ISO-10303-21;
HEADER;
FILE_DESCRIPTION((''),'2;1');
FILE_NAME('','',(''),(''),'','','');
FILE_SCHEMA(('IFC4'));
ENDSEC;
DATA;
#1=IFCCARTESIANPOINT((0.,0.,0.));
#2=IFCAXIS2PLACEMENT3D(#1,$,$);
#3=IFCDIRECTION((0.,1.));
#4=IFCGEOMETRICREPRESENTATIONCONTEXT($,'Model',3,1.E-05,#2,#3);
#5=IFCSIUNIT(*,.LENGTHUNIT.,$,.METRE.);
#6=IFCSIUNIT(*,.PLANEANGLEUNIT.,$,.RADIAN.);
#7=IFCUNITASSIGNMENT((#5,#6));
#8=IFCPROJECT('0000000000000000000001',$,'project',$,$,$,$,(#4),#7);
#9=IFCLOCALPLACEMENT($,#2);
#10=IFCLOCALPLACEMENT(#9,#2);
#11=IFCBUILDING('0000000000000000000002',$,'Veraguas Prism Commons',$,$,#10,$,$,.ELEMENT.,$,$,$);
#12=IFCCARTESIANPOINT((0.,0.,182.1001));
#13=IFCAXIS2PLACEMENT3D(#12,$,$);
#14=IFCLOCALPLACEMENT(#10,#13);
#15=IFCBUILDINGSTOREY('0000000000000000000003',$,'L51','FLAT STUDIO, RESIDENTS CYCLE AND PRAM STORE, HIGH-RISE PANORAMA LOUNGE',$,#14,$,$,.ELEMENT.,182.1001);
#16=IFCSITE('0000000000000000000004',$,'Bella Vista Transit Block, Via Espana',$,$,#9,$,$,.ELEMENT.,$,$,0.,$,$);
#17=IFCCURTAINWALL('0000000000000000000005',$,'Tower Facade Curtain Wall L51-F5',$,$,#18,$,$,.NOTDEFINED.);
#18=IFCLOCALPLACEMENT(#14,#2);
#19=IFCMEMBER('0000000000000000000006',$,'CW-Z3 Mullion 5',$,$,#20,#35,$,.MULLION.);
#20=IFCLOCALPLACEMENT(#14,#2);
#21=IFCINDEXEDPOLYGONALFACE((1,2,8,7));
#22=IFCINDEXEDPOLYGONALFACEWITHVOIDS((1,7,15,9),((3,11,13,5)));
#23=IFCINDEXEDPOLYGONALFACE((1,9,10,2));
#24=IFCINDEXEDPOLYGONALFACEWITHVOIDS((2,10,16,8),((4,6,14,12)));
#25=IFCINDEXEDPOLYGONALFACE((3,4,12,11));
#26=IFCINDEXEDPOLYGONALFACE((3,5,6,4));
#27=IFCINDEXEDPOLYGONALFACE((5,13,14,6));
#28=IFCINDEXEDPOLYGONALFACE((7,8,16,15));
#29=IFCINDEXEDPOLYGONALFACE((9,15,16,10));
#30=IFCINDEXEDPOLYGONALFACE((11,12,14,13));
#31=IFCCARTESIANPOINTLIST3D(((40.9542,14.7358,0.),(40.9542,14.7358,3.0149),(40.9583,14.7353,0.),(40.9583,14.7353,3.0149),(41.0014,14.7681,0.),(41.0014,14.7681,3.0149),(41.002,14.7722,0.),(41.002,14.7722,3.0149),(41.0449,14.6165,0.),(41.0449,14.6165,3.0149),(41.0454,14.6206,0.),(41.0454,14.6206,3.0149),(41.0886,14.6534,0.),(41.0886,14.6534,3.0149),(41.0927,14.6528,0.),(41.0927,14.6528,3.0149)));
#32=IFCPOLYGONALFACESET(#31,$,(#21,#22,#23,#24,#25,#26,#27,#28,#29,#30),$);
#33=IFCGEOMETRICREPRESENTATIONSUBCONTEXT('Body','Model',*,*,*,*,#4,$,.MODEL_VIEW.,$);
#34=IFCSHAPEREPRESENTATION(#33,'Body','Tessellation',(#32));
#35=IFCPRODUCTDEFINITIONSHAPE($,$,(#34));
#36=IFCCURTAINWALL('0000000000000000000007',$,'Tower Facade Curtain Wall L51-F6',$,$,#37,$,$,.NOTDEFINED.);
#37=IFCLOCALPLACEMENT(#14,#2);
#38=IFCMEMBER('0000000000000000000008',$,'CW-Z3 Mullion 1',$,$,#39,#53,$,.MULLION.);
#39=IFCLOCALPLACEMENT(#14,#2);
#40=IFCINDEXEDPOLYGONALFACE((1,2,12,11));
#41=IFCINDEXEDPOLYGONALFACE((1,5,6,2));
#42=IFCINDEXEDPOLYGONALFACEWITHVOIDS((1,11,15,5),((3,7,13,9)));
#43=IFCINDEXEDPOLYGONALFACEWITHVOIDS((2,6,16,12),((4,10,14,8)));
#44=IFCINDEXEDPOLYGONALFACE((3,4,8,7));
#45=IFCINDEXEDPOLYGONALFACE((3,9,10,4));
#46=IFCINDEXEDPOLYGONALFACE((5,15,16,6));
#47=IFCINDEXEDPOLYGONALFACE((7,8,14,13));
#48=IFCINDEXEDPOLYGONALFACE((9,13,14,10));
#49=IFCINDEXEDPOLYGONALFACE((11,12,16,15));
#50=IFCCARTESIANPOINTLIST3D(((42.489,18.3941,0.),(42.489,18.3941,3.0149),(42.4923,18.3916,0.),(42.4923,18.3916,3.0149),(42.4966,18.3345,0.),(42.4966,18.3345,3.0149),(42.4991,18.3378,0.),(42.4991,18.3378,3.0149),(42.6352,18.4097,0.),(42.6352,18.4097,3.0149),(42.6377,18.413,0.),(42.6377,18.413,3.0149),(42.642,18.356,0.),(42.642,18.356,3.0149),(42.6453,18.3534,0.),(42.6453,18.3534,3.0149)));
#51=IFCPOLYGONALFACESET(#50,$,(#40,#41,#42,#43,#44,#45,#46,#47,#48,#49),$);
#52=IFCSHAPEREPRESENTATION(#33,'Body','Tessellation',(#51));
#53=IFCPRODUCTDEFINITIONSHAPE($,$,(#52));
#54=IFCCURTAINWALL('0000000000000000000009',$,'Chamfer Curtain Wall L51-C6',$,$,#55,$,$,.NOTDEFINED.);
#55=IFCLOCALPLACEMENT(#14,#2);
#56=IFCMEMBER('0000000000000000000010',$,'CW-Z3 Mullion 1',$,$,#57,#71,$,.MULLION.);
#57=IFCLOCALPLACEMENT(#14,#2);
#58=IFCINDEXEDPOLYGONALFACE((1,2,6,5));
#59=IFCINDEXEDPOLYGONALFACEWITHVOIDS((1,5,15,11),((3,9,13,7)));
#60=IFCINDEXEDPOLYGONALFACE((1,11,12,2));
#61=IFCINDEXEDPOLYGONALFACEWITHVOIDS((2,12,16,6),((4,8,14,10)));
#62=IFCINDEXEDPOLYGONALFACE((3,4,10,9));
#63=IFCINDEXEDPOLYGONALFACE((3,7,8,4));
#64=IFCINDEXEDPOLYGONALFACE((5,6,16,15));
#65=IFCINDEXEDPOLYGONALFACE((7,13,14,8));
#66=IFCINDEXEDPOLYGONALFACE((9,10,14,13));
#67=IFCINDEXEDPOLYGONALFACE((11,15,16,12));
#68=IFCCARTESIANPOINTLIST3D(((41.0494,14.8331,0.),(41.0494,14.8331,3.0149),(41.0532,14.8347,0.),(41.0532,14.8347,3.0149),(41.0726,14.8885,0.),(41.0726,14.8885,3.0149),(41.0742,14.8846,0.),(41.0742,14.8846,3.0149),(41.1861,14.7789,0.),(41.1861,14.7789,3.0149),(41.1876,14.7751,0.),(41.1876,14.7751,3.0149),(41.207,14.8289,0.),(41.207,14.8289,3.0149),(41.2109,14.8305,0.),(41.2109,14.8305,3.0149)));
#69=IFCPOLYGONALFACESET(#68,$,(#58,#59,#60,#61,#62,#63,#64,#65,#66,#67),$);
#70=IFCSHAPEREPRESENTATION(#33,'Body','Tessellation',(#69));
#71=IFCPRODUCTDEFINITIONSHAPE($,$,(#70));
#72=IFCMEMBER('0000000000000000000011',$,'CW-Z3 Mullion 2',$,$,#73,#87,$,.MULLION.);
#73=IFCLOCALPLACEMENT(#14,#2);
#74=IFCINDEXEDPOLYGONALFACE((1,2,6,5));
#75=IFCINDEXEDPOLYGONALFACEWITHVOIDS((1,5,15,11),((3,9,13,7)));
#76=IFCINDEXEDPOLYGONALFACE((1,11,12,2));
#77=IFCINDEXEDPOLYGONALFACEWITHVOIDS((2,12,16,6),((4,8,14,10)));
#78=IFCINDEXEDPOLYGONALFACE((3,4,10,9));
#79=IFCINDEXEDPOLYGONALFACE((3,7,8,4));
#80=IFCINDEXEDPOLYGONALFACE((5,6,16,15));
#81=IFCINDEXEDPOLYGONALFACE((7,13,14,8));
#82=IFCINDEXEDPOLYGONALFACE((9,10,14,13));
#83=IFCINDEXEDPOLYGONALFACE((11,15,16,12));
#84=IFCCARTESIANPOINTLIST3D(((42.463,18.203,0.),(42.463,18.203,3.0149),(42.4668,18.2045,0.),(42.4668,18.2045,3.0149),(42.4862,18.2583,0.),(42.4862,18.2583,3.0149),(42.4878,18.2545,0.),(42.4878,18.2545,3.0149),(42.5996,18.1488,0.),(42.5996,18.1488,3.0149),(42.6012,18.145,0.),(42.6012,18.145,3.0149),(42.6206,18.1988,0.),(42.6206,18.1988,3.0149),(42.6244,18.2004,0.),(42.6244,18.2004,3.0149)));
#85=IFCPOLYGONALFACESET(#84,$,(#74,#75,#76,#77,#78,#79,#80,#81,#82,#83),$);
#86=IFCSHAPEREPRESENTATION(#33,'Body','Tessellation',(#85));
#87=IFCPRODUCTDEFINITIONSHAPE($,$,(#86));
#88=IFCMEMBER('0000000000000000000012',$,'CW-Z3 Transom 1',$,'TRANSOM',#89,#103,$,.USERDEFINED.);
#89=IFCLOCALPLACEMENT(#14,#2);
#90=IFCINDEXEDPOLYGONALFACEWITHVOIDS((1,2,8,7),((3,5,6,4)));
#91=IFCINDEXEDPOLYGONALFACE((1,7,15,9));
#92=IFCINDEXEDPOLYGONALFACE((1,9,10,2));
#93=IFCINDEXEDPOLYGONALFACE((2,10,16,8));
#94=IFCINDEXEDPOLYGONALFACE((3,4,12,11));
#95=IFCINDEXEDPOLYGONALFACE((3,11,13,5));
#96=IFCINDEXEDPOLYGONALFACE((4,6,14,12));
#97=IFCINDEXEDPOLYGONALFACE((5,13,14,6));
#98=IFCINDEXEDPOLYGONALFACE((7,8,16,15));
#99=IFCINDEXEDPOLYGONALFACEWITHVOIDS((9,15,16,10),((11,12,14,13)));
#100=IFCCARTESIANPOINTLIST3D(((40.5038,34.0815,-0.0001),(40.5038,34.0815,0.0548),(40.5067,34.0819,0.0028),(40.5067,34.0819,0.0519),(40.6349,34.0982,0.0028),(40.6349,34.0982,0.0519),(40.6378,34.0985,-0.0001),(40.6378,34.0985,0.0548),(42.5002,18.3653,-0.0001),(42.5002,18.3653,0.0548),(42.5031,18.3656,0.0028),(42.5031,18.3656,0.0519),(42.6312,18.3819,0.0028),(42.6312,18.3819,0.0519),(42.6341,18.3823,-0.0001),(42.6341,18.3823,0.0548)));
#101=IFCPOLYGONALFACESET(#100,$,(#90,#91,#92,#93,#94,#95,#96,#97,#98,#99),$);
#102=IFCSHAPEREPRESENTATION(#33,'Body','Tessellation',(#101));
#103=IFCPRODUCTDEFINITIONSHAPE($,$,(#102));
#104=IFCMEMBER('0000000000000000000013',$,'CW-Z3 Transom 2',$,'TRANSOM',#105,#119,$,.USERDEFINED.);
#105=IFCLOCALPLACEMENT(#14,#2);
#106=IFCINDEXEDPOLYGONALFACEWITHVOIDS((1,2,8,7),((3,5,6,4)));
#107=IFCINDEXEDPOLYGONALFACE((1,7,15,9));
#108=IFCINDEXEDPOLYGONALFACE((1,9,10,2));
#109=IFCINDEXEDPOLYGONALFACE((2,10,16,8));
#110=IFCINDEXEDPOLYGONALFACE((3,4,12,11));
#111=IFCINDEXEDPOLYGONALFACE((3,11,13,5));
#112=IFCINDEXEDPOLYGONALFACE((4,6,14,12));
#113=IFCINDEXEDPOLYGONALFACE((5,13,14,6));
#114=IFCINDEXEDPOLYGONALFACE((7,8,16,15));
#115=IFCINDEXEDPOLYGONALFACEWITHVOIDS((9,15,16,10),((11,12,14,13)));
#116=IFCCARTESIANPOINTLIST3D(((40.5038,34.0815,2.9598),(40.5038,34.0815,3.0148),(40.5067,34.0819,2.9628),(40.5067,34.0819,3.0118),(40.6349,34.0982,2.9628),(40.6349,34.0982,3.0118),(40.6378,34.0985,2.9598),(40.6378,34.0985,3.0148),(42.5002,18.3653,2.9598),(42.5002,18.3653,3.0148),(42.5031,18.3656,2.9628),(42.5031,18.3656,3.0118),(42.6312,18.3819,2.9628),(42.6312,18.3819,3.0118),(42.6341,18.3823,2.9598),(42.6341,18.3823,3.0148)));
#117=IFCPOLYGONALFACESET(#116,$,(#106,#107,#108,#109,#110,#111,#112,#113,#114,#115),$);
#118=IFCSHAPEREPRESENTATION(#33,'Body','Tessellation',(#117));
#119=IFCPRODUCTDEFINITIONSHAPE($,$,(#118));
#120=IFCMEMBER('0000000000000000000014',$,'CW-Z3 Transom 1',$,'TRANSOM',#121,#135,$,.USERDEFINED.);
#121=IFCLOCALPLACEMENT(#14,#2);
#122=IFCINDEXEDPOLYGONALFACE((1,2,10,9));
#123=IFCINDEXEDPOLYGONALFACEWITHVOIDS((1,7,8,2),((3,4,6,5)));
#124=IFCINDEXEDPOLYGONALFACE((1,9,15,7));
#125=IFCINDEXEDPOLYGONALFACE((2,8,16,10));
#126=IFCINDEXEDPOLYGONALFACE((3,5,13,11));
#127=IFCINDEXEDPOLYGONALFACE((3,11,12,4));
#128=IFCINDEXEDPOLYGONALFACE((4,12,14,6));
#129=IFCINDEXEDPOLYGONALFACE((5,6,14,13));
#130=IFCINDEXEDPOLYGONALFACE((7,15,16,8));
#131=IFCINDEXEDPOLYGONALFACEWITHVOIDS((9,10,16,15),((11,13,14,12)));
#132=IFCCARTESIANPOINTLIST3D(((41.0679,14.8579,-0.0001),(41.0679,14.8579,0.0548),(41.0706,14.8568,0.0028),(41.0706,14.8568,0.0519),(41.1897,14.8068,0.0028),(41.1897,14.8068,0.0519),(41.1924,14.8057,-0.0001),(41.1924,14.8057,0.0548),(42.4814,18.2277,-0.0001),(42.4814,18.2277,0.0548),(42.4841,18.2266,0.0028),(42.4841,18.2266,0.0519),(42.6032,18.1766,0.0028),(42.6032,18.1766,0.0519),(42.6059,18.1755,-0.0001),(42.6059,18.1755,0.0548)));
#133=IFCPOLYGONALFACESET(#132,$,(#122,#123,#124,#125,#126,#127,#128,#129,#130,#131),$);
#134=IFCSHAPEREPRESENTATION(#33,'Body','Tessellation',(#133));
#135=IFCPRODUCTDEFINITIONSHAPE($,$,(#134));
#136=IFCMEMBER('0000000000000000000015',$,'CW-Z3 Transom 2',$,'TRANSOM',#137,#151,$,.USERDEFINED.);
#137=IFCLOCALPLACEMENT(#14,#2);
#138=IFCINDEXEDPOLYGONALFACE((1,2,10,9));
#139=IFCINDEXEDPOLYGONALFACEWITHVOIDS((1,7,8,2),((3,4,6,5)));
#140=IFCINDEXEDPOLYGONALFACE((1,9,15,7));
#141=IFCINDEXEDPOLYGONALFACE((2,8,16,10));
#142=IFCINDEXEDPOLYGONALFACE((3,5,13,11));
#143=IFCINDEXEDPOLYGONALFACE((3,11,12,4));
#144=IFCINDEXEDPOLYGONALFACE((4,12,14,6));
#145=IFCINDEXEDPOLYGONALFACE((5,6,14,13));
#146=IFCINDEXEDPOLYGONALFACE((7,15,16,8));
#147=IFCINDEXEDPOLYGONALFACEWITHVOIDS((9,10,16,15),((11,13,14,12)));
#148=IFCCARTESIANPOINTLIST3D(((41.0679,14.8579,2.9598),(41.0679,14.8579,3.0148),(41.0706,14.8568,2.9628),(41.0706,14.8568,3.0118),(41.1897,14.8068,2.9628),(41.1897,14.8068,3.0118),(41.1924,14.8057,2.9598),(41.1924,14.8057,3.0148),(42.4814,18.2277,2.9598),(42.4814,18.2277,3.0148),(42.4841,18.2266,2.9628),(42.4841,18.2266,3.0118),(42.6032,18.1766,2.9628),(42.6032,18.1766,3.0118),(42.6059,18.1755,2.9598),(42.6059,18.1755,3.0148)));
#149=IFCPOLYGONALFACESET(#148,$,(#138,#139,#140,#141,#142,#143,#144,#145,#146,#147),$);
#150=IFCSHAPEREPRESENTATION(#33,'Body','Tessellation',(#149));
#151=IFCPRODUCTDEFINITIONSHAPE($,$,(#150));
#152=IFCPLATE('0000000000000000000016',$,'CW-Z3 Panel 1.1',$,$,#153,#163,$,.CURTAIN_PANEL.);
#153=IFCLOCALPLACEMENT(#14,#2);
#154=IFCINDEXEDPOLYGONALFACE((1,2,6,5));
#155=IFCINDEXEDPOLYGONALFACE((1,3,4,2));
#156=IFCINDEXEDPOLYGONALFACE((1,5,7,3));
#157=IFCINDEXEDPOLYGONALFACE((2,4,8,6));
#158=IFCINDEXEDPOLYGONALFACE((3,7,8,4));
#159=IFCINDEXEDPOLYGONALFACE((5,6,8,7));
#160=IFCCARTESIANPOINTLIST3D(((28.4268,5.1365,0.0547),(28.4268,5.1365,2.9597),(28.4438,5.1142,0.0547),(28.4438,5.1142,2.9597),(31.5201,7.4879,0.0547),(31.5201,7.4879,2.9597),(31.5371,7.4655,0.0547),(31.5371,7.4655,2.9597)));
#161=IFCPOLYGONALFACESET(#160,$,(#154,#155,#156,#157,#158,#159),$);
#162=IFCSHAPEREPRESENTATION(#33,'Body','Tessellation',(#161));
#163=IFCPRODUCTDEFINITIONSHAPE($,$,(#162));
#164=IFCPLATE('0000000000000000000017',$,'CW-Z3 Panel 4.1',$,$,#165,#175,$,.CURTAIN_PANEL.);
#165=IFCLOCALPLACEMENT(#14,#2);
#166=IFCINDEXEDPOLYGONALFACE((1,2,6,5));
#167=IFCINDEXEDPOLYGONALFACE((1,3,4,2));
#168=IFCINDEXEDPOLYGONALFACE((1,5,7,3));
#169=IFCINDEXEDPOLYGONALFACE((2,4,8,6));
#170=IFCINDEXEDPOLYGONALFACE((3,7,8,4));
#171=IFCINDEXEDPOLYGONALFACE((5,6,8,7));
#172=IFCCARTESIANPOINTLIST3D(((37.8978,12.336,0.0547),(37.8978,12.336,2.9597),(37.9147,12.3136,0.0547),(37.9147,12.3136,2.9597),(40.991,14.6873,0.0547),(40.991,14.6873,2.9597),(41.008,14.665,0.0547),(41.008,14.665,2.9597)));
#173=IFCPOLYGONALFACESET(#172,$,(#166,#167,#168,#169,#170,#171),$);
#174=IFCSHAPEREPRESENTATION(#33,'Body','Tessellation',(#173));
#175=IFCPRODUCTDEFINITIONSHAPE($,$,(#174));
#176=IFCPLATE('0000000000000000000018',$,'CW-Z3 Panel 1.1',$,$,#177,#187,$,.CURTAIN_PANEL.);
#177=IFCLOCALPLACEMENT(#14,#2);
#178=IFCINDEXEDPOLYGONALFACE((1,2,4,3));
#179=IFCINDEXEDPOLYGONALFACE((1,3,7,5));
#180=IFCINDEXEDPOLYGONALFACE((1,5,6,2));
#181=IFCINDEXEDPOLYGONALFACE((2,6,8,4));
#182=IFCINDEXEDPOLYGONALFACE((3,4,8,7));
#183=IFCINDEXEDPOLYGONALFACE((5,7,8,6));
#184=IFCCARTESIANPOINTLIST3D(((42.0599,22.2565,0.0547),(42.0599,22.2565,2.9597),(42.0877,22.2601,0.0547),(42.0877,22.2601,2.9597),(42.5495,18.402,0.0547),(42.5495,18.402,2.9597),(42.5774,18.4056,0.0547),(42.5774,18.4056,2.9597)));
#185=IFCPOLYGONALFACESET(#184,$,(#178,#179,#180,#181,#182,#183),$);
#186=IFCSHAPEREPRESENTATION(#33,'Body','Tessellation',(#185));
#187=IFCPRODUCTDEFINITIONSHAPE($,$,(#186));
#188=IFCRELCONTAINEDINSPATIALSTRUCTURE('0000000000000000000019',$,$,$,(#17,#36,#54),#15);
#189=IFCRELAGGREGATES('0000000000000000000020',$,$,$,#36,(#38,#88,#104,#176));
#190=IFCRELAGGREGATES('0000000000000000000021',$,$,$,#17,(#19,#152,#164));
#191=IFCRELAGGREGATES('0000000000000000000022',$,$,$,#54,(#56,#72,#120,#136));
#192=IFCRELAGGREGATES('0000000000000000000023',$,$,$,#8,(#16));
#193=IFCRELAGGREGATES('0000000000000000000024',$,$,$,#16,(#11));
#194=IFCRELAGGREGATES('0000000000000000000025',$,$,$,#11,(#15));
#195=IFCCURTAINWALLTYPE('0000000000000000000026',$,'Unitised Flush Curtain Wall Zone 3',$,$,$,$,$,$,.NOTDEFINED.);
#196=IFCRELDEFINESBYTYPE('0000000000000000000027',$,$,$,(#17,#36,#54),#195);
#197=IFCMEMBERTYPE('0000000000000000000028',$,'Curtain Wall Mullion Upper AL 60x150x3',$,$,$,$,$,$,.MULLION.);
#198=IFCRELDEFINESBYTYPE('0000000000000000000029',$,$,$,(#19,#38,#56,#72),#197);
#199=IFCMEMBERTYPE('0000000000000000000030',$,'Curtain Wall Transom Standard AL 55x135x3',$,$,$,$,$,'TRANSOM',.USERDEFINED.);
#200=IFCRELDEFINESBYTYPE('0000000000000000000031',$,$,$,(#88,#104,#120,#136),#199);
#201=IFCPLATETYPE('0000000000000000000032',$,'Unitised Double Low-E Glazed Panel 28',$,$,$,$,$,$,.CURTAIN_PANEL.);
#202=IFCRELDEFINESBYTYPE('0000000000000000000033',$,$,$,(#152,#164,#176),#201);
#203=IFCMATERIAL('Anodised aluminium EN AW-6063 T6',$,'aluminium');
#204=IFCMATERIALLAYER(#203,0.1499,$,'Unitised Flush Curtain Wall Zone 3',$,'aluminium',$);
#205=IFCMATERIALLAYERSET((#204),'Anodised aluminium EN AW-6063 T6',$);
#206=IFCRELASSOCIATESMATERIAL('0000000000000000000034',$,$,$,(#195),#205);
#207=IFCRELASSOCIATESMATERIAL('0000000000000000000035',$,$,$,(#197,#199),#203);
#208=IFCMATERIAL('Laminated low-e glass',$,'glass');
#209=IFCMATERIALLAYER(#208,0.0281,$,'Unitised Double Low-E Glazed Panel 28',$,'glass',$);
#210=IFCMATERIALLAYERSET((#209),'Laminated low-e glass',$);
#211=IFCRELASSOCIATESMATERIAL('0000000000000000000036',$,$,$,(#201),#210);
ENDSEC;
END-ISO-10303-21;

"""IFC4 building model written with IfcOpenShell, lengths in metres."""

from ifc_helpers import new_model, si_unit, direction, frame, origin, origin_2d, place, context, subcontext, project, spatial, rectangle, hollow_rectangle, extrude, source, transform, mapped, material, layer, layer_set, material_profile, profile_set, type_object, element, aggregate, save


model = new_model("IFC4")

# Units and contexts
model_context = context("Model", 3, precision=1e-05, world=origin(), true_north=direction((0.0, 1.0)))
body_context = subcontext(model_context, "Body", "Model", "MODEL_VIEW")
ifc_project = project(units=[si_unit("LENGTHUNIT", "METRE"), si_unit("PLANEANGLEUNIT", "RADIAN")], contexts=[model_context])

# Site, building, storey
site_placement = place(None, origin())
site = spatial("IfcSite", under=ifc_project, at=site_placement, Name="Bella Vista Transit Block, Via Espana", CompositionType="ELEMENT", RefElevation=0.0)
building_placement = place(site_placement, origin())
building = spatial("IfcBuilding", under=site, at=building_placement, Name="Veraguas Prism Commons", CompositionType="ELEMENT")
storey_placement = place(building_placement, frame((0.0, 0.0, 182.1001)))
storey = spatial("IfcBuildingStorey", under=building, at=storey_placement, Name="L51", Description="FLAT STUDIO, RESIDENTS CYCLE AND PRAM STORE, HIGH-RISE PANORAMA LOUNGE", CompositionType="ELEMENT", Elevation=182.1001)

# Curtain wall, member
ifc_material_1 = material(Name="Anodised aluminium EN AW-6063 T6", Category="aluminium")
ifc_layer_1 = layer(ifc_material_1, 0.1499, Name="Unitised Flush Curtain Wall Zone 3", Category="aluminium")
ifc_layer_set_1 = layer_set([ifc_layer_1], Name="Anodised aluminium EN AW-6063 T6")
curtain_wall_type = type_object("IfcCurtainWallType", Name="Unitised Flush Curtain Wall Zone 3", PredefinedType="NOTDEFINED", material=ifc_layer_set_1)
curtain_wall_1_placement = place(storey_placement, origin())
curtain_wall_1 = element("IfcCurtainWall", 1, at=curtain_wall_1_placement, inside=storey, type_object=curtain_wall_type, Name="Tower Facade Curtain Wall L51-F5", PredefinedType="NOTDEFINED")
ifc_material_profile_1 = material_profile(ifc_material_1, hollow_rectangle(XDim=0.0601, YDim=0.1499, WallThickness=0.0029, at=origin_2d()), Name="AL60X150X3")
ifc_profile_set_1 = profile_set([ifc_material_profile_1], Name="Anodised aluminium EN AW-6063 T6")
member_type_1 = type_object("IfcMemberType", Name="Curtain Wall Mullion Upper AL 60x150x3", PredefinedType="MULLION", material=ifc_profile_set_1)
shared_shape_1 = source(origin(), body_context, "Body", "SweptSolid", [
    extrude(hollow_rectangle(XDim=0.0601, YDim=0.1499, WallThickness=0.0029, at=origin_2d()), origin(), (0.0, 0.0, 1.0), 3.0149),
])
member_1_placement = place(storey_placement, frame((41.0234, 14.6943, 0.0), z_axis=(0.0, 0.0, 1.0), x_axis=(0.796104, 0.605159, 0.0)))
member_1 = element("IfcMember", 2, at=member_1_placement, type_object=member_type_1, Name="CW-Z3 Mullion 5", PredefinedType="MULLION", context=body_context, shape_type="MappedRepresentation", body=[
    mapped(shared_shape_1, transform((0.0, 0.0, 0.0), scale=1.0)),
])

# Curtain wall, member
curtain_wall_2_placement = place(storey_placement, origin())
curtain_wall_2 = element("IfcCurtainWall", 3, at=curtain_wall_2_placement, inside=storey, type_object=curtain_wall_type, Name="Tower Facade Curtain Wall L51-F6", PredefinedType="NOTDEFINED")
member_2_placement = place(storey_placement, frame((42.5671, 18.3738, 0.0), z_axis=(0.0, 0.0, 1.0), x_axis=(-0.126019, 0.992028, 0.0)))
member_2 = element("IfcMember", 4, at=member_2_placement, type_object=member_type_1, Name="CW-Z3 Mullion 1", PredefinedType="MULLION", context=body_context, shape_type="MappedRepresentation", body=[
    mapped(shared_shape_1, transform((0.0, 0.0, 0.0), scale=1.0)),
])

# Curtain wall, members
curtain_wall_3_placement = place(storey_placement, origin())
curtain_wall_3 = element("IfcCurtainWall", 5, at=curtain_wall_3_placement, inside=storey, type_object=curtain_wall_type, Name="Chamfer Curtain Wall L51-C6", PredefinedType="NOTDEFINED")
member_3_placement = place(storey_placement, frame((41.1301, 14.8318, 0.0), z_axis=(0.0, 0.0, 1.0), x_axis=(0.38687, 0.922134, 0.0)))
member_3 = element("IfcMember", 6, at=member_3_placement, type_object=member_type_1, Name="CW-Z3 Mullion 1", PredefinedType="MULLION", context=body_context, shape_type="MappedRepresentation", body=[
    mapped(shared_shape_1, transform((0.0, 0.0, 0.0), scale=1.0)),
])
member_4_placement = place(storey_placement, frame((42.5437, 18.2017, 0.0), z_axis=(0.0, 0.0, 1.0), x_axis=(0.38687, 0.922134, 0.0)))
member_4 = element("IfcMember", 7, at=member_4_placement, type_object=member_type_1, Name="CW-Z3 Mullion 2", PredefinedType="MULLION", context=body_context, shape_type="MappedRepresentation", body=[
    mapped(shared_shape_1, transform((0.0, 0.0, 0.0), scale=1.0)),
])

# Members
ifc_material_profile_2 = material_profile(ifc_material_1, hollow_rectangle(XDim=0.0549, YDim=0.135, WallThickness=0.0029, at=origin_2d()), Name="AL55X135X3")
ifc_profile_set_2 = profile_set([ifc_material_profile_2], Name="Anodised aluminium EN AW-6063 T6")
member_type_2 = type_object("IfcMemberType", Name="Curtain Wall Transom Standard AL 55x135x3", ElementType="TRANSOM", PredefinedType="USERDEFINED", material=ifc_profile_set_2)
shared_shape_2 = source(origin(), body_context, "Body", "SweptSolid", [
    extrude(hollow_rectangle(XDim=0.0549, YDim=0.135, WallThickness=0.0029, at=origin_2d()), origin(), (0.0, 0.0, 1.0), 15.8425),
])
member_5_placement = place(storey_placement, frame((42.5671, 18.3738, 0.0273), z_axis=(-0.126011, 0.992029, 0.0), x_axis=(0.0, 0.0, 1.0)))
member_5 = element("IfcMember", 8, at=member_5_placement, type_object=member_type_2, Name="CW-Z3 Transom 1", ObjectType="TRANSOM", PredefinedType="USERDEFINED", context=body_context, shape_type="MappedRepresentation", body=[
    mapped(shared_shape_2, transform((0.0, 0.0, 0.0), scale=1.0)),
])
member_6_placement = place(storey_placement, frame((42.5671, 18.3738, 2.9873), z_axis=(-0.126011, 0.992029, 0.0), x_axis=(0.0, 0.0, 1.0)))
member_6 = element("IfcMember", 9, at=member_6_placement, type_object=member_type_2, Name="CW-Z3 Transom 2", ObjectType="TRANSOM", PredefinedType="USERDEFINED", context=body_context, shape_type="MappedRepresentation", body=[
    mapped(shared_shape_2, transform((0.0, 0.0, 0.0), scale=1.0)),
])
shared_shape_3 = source(origin(), body_context, "Body", "SweptSolid", [
    extrude(hollow_rectangle(XDim=0.0549, YDim=0.135, WallThickness=0.0029, at=origin_2d()), origin(), (0.0, 0.0, 1.0), 3.6543),
])
member_7_placement = place(storey_placement, frame((41.1301, 14.8318, 0.0273), z_axis=(0.38682, 0.922155, 0.0), x_axis=(0.0, 0.0, 1.0)))
member_7 = element("IfcMember", 10, at=member_7_placement, type_object=member_type_2, Name="CW-Z3 Transom 1", ObjectType="TRANSOM", PredefinedType="USERDEFINED", context=body_context, shape_type="MappedRepresentation", body=[
    mapped(shared_shape_3, transform((0.0, 0.0, 0.0), scale=1.0)),
])
member_8_placement = place(storey_placement, frame((41.1301, 14.8318, 2.9873), z_axis=(0.38682, 0.922155, 0.0), x_axis=(0.0, 0.0, 1.0)))
member_8 = element("IfcMember", 11, at=member_8_placement, type_object=member_type_2, Name="CW-Z3 Transom 2", ObjectType="TRANSOM", PredefinedType="USERDEFINED", context=body_context, shape_type="MappedRepresentation", body=[
    mapped(shared_shape_3, transform((0.0, 0.0, 0.0), scale=1.0)),
])

# Plates
ifc_material_2 = material(Name="Laminated low-e glass", Category="glass")
ifc_layer_2 = layer(ifc_material_2, 0.0281, Name="Unitised Double Low-E Glazed Panel 28", Category="glass")
ifc_layer_set_2 = layer_set([ifc_layer_2], Name="Laminated low-e glass")
plate_type = type_object("IfcPlateType", Name="Unitised Double Low-E Glazed Panel 28", PredefinedType="CURTAIN_PANEL", material=ifc_layer_set_2)
shared_shape_4 = source(origin(), body_context, "Body", "SweptSolid", [
    extrude(rectangle(XDim=3.8855, YDim=0.0281, at=origin_2d()), origin(), (0.0, 0.0, 1.0), 2.905),
])
plate_1_placement = place(storey_placement, frame((29.9819, 6.301, 0.0547), z_axis=(0.0, 0.0, 1.0), x_axis=(0.796104, 0.605159, 0.0)))
plate_1 = element("IfcPlate", 12, at=plate_1_placement, type_object=plate_type, Name="CW-Z3 Panel 1.1", PredefinedType="CURTAIN_PANEL", context=body_context, shape_type="MappedRepresentation", body=[
    mapped(shared_shape_4, transform((0.0, 0.0, 0.0), scale=1.0)),
])
plate_2_placement = place(storey_placement, frame((39.4529, 13.5005, 0.0547), z_axis=(0.0, 0.0, 1.0), x_axis=(0.796104, 0.605159, 0.0)))
plate_2 = element("IfcPlate", 13, at=plate_2_placement, type_object=plate_type, Name="CW-Z3 Panel 4.1", PredefinedType="CURTAIN_PANEL", context=body_context, shape_type="MappedRepresentation", body=[
    mapped(shared_shape_4, transform((0.0, 0.0, 0.0), scale=1.0)),
])
plate_3_placement = place(storey_placement, frame((42.3186, 20.3311, 0.0547), z_axis=(0.0, 0.0, 1.0), x_axis=(-0.126019, 0.992028, 0.0)))
plate_3 = element("IfcPlate", 14, at=plate_3_placement, type_object=plate_type, Name="CW-Z3 Panel 1.1", PredefinedType="CURTAIN_PANEL", context=body_context, shape_type="MappedRepresentation", body=[
    mapped(shared_shape_4, transform((0.0, 0.0, 0.0), scale=1.0)),
])
aggregate(curtain_wall_2, [member_2, member_5, member_6, plate_3])
aggregate(curtain_wall_1, [member_1, plate_1, plate_2])
aggregate(curtain_wall_3, [member_3, member_4, member_7, member_8])

save(model, "model.ifc")
